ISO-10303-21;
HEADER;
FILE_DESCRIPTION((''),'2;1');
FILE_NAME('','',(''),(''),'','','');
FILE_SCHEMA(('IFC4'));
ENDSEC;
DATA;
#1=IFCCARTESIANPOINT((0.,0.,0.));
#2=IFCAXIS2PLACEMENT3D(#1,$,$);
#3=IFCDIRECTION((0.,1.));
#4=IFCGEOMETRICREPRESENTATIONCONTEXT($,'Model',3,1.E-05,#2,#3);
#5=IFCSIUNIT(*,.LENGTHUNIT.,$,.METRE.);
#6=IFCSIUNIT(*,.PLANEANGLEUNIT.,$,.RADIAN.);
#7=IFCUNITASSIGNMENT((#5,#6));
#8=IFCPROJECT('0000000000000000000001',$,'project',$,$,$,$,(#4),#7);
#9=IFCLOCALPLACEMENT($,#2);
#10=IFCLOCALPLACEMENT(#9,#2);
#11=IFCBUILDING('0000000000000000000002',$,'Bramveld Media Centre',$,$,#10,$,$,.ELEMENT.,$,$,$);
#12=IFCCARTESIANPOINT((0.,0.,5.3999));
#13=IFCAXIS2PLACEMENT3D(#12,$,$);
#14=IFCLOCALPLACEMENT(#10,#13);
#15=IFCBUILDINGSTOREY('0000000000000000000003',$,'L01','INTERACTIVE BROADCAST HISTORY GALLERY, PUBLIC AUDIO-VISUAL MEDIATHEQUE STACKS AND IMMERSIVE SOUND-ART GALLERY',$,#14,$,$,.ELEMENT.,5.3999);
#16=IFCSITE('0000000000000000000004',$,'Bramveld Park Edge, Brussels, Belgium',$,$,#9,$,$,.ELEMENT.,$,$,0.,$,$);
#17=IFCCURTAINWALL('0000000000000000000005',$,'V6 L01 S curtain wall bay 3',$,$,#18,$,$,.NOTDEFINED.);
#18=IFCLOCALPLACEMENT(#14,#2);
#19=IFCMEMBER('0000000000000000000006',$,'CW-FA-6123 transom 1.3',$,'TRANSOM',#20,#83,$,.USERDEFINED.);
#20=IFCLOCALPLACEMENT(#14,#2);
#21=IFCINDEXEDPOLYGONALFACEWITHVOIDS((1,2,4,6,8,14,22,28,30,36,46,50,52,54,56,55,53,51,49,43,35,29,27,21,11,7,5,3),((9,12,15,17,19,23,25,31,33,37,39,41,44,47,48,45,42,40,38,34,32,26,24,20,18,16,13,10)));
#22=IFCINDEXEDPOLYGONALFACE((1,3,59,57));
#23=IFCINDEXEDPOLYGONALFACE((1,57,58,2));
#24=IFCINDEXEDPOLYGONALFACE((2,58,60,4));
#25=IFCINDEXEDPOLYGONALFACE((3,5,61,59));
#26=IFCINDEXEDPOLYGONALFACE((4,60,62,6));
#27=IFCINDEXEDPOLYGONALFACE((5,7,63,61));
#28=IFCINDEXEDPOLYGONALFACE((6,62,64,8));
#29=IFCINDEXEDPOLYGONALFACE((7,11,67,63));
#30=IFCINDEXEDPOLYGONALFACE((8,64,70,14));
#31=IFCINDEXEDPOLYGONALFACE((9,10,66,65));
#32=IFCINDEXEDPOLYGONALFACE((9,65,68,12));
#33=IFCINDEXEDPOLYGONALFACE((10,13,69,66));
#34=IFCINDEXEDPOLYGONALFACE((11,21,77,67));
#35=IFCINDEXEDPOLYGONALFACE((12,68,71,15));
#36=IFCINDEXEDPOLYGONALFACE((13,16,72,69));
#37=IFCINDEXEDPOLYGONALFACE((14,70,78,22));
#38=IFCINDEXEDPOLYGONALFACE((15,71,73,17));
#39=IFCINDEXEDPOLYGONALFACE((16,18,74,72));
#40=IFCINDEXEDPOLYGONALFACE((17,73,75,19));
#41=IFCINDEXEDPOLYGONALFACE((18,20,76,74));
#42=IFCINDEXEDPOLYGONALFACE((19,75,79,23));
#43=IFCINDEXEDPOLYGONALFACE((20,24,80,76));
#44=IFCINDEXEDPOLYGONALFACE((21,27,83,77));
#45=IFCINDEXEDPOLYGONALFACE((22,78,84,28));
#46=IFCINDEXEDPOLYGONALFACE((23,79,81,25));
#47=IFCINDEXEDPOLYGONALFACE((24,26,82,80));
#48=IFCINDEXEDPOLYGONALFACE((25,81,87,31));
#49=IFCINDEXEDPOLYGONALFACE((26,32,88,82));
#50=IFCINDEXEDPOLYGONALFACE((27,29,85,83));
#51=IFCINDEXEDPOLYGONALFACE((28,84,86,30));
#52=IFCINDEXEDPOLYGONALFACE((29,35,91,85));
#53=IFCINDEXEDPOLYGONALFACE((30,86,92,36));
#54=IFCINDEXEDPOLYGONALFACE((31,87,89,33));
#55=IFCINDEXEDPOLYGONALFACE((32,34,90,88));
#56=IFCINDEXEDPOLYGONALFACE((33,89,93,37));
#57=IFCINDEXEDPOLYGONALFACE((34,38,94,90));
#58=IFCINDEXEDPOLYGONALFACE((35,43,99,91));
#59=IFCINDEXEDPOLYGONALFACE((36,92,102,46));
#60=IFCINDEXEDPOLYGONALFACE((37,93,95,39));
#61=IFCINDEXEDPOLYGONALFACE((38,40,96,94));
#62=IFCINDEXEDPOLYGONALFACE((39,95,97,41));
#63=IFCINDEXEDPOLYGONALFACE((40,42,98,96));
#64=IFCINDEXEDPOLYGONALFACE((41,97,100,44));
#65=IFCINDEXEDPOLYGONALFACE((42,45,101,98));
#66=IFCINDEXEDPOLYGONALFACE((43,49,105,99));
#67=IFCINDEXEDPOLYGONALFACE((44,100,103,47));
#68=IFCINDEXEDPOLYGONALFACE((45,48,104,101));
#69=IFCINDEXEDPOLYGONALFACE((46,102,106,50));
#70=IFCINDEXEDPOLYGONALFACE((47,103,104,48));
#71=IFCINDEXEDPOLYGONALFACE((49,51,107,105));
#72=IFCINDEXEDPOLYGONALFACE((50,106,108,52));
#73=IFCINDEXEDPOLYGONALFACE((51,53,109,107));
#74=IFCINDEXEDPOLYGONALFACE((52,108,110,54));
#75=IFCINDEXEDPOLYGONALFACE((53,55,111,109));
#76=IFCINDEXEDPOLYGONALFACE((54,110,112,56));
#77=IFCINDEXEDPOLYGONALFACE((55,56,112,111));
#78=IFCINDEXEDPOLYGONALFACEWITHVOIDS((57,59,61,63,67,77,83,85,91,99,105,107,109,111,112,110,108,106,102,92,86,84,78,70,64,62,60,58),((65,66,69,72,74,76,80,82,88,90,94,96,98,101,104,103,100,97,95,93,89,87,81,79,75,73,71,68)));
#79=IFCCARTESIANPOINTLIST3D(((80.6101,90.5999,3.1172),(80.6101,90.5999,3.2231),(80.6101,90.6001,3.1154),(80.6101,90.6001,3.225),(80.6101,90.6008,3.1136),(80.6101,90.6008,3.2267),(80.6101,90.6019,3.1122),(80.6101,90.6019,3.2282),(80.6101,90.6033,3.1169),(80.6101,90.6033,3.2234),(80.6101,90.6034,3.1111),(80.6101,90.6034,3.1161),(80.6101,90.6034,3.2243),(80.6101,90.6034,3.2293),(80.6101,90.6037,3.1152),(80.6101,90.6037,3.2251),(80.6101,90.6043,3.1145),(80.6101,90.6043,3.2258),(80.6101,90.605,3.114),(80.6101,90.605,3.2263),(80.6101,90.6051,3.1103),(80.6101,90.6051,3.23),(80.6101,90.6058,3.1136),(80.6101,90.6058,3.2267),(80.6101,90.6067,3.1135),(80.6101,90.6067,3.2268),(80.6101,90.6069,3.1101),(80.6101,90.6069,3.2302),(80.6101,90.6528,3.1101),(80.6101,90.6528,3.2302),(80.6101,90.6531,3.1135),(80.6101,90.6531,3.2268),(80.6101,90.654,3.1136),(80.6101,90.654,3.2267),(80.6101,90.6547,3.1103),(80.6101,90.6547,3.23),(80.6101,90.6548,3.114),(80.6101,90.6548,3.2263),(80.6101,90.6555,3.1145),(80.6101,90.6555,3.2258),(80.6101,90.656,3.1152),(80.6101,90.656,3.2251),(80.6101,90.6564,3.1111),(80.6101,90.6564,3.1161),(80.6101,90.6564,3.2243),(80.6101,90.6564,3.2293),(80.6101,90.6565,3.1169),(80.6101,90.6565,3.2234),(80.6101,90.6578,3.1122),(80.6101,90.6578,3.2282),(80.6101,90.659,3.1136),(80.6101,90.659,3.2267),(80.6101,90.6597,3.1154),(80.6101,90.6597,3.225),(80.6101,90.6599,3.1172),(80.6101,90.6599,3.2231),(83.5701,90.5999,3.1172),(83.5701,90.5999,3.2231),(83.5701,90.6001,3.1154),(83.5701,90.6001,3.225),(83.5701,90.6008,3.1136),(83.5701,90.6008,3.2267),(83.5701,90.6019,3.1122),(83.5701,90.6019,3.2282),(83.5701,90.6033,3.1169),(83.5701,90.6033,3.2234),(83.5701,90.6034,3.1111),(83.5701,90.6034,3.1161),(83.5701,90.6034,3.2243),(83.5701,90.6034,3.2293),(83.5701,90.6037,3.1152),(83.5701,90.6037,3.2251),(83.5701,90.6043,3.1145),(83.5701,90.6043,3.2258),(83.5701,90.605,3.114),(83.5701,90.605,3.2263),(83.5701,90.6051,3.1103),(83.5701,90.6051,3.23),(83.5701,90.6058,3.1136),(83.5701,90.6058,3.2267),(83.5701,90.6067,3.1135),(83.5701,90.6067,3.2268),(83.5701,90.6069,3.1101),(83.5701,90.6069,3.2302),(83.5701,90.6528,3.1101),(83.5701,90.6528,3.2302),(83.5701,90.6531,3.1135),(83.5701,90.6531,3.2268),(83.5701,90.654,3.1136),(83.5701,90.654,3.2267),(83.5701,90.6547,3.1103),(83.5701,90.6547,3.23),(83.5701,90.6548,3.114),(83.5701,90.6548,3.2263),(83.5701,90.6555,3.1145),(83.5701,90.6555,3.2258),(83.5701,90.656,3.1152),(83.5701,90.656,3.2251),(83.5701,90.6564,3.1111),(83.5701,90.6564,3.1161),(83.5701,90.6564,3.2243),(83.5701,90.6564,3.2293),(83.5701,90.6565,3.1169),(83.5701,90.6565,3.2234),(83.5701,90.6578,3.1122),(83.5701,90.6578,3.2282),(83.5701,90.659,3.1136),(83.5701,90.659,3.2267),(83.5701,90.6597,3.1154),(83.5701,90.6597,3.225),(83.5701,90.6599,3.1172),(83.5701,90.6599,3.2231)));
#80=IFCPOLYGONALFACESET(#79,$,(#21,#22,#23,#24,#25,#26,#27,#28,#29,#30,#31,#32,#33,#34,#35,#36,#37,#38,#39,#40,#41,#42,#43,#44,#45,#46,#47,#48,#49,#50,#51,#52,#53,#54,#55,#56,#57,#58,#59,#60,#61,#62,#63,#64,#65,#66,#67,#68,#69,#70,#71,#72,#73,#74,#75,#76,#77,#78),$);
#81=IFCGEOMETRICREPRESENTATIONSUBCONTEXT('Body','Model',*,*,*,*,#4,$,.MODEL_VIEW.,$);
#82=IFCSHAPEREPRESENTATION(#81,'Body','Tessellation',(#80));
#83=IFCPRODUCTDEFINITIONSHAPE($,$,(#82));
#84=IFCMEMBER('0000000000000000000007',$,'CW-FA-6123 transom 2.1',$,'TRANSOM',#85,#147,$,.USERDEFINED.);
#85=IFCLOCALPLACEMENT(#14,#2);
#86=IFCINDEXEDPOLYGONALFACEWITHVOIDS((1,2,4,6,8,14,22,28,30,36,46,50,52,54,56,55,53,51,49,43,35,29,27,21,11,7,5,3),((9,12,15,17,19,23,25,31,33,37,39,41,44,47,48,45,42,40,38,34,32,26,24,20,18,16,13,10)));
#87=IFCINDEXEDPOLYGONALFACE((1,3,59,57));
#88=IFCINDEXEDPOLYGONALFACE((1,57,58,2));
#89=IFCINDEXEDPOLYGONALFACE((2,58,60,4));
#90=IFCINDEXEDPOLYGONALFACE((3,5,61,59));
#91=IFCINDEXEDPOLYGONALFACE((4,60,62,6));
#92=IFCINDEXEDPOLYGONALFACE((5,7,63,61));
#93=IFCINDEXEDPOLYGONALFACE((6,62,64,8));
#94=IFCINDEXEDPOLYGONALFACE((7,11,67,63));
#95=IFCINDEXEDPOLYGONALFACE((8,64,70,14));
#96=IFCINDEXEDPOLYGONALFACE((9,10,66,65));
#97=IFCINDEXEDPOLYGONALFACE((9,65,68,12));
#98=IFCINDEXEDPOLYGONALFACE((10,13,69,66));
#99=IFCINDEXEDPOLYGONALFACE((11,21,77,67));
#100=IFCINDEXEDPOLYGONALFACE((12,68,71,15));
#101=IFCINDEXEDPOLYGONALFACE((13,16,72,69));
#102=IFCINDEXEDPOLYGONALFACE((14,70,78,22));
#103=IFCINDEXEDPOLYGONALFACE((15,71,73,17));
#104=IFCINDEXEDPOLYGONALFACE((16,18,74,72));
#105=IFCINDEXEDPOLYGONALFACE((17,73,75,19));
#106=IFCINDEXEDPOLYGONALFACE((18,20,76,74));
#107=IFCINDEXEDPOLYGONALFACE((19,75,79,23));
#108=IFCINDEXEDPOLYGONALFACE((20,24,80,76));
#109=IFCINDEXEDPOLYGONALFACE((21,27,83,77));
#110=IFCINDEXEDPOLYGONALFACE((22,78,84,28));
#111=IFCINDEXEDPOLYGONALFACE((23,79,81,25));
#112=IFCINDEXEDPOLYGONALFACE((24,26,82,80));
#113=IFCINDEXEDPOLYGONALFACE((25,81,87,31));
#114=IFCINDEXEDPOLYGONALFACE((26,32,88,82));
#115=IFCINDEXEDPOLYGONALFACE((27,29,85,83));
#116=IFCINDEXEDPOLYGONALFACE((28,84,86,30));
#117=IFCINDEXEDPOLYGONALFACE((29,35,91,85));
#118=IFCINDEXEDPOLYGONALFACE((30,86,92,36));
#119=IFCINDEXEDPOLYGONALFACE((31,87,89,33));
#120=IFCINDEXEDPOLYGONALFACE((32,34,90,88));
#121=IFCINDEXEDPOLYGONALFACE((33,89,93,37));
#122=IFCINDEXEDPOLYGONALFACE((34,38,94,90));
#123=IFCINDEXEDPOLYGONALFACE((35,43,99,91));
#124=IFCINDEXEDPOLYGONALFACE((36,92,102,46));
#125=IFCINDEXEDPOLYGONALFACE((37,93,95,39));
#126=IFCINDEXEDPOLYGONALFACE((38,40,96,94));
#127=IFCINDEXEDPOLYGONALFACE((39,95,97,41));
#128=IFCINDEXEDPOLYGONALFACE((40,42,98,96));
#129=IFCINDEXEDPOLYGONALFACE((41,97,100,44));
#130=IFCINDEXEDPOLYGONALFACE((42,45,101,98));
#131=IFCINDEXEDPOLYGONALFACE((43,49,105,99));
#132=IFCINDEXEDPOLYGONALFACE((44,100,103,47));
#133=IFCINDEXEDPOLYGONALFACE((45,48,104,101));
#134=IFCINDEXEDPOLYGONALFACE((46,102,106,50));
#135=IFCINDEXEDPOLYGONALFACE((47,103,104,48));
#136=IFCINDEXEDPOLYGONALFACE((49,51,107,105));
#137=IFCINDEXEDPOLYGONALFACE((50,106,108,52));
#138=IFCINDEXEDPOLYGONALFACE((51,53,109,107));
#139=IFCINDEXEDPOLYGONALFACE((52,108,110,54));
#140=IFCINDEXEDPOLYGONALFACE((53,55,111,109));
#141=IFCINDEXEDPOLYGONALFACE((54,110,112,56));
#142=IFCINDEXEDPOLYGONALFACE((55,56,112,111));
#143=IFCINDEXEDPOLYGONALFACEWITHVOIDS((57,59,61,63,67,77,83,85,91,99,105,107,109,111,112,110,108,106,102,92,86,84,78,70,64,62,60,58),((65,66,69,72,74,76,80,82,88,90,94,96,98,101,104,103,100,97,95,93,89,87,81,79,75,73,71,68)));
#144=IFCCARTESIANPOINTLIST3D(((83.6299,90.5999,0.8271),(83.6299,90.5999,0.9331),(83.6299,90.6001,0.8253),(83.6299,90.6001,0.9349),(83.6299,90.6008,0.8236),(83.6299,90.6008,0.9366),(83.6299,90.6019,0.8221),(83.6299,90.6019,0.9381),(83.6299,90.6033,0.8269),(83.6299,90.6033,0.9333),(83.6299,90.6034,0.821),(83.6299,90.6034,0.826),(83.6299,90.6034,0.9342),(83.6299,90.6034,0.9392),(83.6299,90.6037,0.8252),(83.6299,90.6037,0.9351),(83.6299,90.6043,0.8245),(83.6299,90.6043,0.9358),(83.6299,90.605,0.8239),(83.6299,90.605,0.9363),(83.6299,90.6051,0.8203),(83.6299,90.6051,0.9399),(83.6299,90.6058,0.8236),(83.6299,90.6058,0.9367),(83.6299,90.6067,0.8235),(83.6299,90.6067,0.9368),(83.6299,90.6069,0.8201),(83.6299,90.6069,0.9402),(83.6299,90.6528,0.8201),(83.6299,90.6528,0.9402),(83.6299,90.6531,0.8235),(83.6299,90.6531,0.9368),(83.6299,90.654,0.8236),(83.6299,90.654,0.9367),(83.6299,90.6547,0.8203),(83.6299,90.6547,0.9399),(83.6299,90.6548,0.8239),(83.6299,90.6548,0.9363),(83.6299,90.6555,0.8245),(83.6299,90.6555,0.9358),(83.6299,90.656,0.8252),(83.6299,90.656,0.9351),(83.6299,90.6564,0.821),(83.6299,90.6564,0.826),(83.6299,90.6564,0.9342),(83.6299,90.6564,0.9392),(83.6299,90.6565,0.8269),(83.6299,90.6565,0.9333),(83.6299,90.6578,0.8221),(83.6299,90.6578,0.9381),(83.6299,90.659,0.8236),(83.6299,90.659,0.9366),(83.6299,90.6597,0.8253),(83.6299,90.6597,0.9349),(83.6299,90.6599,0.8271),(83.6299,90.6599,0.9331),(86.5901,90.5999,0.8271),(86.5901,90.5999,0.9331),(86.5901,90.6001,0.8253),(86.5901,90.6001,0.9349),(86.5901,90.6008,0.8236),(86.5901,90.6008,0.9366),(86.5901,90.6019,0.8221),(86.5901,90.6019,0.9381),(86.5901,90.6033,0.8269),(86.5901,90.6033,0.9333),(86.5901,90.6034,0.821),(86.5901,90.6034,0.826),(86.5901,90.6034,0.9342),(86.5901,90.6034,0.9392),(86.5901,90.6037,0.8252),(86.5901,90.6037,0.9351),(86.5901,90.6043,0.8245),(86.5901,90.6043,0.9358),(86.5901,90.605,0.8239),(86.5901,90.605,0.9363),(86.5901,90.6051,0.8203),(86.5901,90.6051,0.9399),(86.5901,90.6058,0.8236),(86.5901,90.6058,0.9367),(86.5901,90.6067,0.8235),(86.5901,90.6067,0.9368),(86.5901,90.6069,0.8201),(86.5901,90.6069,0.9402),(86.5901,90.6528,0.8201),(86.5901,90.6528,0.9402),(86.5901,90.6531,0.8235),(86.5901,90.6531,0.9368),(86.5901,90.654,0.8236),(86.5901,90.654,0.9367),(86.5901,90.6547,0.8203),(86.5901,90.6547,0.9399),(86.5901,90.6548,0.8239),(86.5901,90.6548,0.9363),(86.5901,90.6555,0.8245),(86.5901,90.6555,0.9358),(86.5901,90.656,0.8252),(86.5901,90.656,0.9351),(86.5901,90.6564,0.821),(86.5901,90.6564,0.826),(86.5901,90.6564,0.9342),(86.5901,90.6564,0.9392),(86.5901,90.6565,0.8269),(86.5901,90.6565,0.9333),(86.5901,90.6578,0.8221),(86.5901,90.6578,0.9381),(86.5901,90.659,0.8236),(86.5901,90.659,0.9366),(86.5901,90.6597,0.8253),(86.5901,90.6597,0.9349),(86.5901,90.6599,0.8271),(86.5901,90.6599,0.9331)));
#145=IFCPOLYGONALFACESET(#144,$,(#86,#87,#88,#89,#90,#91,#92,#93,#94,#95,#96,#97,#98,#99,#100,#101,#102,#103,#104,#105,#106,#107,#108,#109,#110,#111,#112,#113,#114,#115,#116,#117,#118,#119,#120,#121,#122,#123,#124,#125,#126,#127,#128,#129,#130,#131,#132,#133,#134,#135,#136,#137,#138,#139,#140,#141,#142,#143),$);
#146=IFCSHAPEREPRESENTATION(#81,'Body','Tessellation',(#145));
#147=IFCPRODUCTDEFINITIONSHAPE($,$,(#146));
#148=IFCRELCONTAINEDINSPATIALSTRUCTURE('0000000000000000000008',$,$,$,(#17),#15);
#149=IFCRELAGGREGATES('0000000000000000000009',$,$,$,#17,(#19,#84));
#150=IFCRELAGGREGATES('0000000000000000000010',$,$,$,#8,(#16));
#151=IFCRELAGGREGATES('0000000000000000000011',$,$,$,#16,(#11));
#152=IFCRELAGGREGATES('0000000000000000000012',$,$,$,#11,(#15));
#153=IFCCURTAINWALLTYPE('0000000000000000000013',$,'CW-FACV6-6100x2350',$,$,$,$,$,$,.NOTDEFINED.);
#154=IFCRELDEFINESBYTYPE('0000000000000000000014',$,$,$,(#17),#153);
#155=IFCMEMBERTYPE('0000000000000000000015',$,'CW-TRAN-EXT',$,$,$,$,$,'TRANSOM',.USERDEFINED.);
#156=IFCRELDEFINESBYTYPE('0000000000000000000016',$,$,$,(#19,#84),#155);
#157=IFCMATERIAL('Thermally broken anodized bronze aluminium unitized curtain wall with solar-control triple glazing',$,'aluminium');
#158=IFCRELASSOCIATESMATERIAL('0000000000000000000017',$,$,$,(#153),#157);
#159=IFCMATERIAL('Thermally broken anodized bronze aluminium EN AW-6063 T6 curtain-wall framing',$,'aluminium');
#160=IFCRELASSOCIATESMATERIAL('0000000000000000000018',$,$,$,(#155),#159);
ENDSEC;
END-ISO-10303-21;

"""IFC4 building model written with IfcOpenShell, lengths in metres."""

from ifc_helpers import new_model, si_unit, direction, frame, origin, origin_2d, place, context, subcontext, project, spatial, hollow_rectangle, extrude, material, material_profile, profile_set, type_object, element, aggregate, save


model = new_model("IFC4")

# Units and contexts
model_context = context("Model", 3, precision=1e-05, world=origin(), true_north=direction((0.0, 1.0)))
body_context = subcontext(model_context, "Body", "Model", "MODEL_VIEW")
ifc_project = project(units=[si_unit("LENGTHUNIT", "METRE"), si_unit("PLANEANGLEUNIT", "RADIAN")], contexts=[model_context])

# Site, building, storey
site_placement = place(None, origin())
site = spatial("IfcSite", under=ifc_project, at=site_placement, Name="Bramveld Park Edge, Brussels, Belgium", CompositionType="ELEMENT", RefElevation=0.0)
building_placement = place(site_placement, origin())
building = spatial("IfcBuilding", under=site, at=building_placement, Name="Bramveld Media Centre", CompositionType="ELEMENT")
storey_placement = place(building_placement, frame((0.0, 0.0, 5.3999)))
storey = spatial("IfcBuildingStorey", under=building, at=storey_placement, Name="L01", Description="INTERACTIVE BROADCAST HISTORY GALLERY, PUBLIC AUDIO-VISUAL MEDIATHEQUE STACKS AND IMMERSIVE SOUND-ART GALLERY", CompositionType="ELEMENT", Elevation=5.3999)

# Curtain wall
ifc_material_1 = material(Name="Thermally broken anodized bronze aluminium unitized curtain wall with solar-control triple glazing", Category="aluminium")
curtain_wall_type_1 = type_object("IfcCurtainWallType", Name="CW-FACV6-6100x2350", PredefinedType="NOTDEFINED", material=ifc_material_1)
curtain_wall_1_placement = place(storey_placement, origin())
curtain_wall_1 = element("IfcCurtainWall", 1, at=curtain_wall_1_placement, inside=storey, type_object=curtain_wall_type_1, Name="V6 L01 S curtain wall bay 3", PredefinedType="NOTDEFINED")

# Members
ifc_material_2 = material(Name="Thermally broken anodized bronze aluminium EN AW-6063 T6 curtain-wall framing", Category="aluminium")
ifc_material_profile_1 = material_profile(ifc_material_2, hollow_rectangle(XDim=0.0601, YDim=0.1201, WallThickness=0.0034, InnerFilletRadius=0.0034, OuterFilletRadius=0.0071, at=origin_2d()), Name="AL-TRAN 60x120")
ifc_profile_set_1 = profile_set([ifc_material_profile_1], Name="Thermally broken anodized bronze aluminium EN AW-6063 T6 curtain-wall framing")
member_type_1 = type_object("IfcMemberType", Name="CW-TRAN-EXT", ElementType="TRANSOM", PredefinedType="USERDEFINED", material=ifc_profile_set_1)
member_1_placement = place(storey_placement, frame((80.6101, 90.6299, 3.1702), z_axis=(1.0, 0.0, 0.0), x_axis=(0.0, 1.0, 0.0)))
member_1 = element("IfcMember", 2, at=member_1_placement, type_object=member_type_1, Name="CW-FA-6123 transom 1.3", ObjectType="TRANSOM", PredefinedType="USERDEFINED", context=body_context, shape_type="SweptSolid", body=[
    extrude(hollow_rectangle(XDim=0.0601, YDim=0.1201, WallThickness=0.0034, InnerFilletRadius=0.0034, OuterFilletRadius=0.0071, at=origin_2d()), origin(), (0.0, 0.0, 1.0), 2.96),
])
member_2_placement = place(storey_placement, frame((83.6299, 90.6299, 0.8801), z_axis=(1.0, 0.0, 0.0), x_axis=(0.0, 1.0, 0.0)))
member_2 = element("IfcMember", 3, at=member_2_placement, type_object=member_type_1, Name="CW-FA-6123 transom 2.1", ObjectType="TRANSOM", PredefinedType="USERDEFINED", context=body_context, shape_type="SweptSolid", body=[
    extrude(hollow_rectangle(XDim=0.0601, YDim=0.1201, WallThickness=0.0034, InnerFilletRadius=0.0034, OuterFilletRadius=0.0071, at=origin_2d()), origin(), (0.0, 0.0, 1.0), 2.9602),
])

aggregate(curtain_wall_1, [member_1, member_2])

save(model, "model.ifc")
